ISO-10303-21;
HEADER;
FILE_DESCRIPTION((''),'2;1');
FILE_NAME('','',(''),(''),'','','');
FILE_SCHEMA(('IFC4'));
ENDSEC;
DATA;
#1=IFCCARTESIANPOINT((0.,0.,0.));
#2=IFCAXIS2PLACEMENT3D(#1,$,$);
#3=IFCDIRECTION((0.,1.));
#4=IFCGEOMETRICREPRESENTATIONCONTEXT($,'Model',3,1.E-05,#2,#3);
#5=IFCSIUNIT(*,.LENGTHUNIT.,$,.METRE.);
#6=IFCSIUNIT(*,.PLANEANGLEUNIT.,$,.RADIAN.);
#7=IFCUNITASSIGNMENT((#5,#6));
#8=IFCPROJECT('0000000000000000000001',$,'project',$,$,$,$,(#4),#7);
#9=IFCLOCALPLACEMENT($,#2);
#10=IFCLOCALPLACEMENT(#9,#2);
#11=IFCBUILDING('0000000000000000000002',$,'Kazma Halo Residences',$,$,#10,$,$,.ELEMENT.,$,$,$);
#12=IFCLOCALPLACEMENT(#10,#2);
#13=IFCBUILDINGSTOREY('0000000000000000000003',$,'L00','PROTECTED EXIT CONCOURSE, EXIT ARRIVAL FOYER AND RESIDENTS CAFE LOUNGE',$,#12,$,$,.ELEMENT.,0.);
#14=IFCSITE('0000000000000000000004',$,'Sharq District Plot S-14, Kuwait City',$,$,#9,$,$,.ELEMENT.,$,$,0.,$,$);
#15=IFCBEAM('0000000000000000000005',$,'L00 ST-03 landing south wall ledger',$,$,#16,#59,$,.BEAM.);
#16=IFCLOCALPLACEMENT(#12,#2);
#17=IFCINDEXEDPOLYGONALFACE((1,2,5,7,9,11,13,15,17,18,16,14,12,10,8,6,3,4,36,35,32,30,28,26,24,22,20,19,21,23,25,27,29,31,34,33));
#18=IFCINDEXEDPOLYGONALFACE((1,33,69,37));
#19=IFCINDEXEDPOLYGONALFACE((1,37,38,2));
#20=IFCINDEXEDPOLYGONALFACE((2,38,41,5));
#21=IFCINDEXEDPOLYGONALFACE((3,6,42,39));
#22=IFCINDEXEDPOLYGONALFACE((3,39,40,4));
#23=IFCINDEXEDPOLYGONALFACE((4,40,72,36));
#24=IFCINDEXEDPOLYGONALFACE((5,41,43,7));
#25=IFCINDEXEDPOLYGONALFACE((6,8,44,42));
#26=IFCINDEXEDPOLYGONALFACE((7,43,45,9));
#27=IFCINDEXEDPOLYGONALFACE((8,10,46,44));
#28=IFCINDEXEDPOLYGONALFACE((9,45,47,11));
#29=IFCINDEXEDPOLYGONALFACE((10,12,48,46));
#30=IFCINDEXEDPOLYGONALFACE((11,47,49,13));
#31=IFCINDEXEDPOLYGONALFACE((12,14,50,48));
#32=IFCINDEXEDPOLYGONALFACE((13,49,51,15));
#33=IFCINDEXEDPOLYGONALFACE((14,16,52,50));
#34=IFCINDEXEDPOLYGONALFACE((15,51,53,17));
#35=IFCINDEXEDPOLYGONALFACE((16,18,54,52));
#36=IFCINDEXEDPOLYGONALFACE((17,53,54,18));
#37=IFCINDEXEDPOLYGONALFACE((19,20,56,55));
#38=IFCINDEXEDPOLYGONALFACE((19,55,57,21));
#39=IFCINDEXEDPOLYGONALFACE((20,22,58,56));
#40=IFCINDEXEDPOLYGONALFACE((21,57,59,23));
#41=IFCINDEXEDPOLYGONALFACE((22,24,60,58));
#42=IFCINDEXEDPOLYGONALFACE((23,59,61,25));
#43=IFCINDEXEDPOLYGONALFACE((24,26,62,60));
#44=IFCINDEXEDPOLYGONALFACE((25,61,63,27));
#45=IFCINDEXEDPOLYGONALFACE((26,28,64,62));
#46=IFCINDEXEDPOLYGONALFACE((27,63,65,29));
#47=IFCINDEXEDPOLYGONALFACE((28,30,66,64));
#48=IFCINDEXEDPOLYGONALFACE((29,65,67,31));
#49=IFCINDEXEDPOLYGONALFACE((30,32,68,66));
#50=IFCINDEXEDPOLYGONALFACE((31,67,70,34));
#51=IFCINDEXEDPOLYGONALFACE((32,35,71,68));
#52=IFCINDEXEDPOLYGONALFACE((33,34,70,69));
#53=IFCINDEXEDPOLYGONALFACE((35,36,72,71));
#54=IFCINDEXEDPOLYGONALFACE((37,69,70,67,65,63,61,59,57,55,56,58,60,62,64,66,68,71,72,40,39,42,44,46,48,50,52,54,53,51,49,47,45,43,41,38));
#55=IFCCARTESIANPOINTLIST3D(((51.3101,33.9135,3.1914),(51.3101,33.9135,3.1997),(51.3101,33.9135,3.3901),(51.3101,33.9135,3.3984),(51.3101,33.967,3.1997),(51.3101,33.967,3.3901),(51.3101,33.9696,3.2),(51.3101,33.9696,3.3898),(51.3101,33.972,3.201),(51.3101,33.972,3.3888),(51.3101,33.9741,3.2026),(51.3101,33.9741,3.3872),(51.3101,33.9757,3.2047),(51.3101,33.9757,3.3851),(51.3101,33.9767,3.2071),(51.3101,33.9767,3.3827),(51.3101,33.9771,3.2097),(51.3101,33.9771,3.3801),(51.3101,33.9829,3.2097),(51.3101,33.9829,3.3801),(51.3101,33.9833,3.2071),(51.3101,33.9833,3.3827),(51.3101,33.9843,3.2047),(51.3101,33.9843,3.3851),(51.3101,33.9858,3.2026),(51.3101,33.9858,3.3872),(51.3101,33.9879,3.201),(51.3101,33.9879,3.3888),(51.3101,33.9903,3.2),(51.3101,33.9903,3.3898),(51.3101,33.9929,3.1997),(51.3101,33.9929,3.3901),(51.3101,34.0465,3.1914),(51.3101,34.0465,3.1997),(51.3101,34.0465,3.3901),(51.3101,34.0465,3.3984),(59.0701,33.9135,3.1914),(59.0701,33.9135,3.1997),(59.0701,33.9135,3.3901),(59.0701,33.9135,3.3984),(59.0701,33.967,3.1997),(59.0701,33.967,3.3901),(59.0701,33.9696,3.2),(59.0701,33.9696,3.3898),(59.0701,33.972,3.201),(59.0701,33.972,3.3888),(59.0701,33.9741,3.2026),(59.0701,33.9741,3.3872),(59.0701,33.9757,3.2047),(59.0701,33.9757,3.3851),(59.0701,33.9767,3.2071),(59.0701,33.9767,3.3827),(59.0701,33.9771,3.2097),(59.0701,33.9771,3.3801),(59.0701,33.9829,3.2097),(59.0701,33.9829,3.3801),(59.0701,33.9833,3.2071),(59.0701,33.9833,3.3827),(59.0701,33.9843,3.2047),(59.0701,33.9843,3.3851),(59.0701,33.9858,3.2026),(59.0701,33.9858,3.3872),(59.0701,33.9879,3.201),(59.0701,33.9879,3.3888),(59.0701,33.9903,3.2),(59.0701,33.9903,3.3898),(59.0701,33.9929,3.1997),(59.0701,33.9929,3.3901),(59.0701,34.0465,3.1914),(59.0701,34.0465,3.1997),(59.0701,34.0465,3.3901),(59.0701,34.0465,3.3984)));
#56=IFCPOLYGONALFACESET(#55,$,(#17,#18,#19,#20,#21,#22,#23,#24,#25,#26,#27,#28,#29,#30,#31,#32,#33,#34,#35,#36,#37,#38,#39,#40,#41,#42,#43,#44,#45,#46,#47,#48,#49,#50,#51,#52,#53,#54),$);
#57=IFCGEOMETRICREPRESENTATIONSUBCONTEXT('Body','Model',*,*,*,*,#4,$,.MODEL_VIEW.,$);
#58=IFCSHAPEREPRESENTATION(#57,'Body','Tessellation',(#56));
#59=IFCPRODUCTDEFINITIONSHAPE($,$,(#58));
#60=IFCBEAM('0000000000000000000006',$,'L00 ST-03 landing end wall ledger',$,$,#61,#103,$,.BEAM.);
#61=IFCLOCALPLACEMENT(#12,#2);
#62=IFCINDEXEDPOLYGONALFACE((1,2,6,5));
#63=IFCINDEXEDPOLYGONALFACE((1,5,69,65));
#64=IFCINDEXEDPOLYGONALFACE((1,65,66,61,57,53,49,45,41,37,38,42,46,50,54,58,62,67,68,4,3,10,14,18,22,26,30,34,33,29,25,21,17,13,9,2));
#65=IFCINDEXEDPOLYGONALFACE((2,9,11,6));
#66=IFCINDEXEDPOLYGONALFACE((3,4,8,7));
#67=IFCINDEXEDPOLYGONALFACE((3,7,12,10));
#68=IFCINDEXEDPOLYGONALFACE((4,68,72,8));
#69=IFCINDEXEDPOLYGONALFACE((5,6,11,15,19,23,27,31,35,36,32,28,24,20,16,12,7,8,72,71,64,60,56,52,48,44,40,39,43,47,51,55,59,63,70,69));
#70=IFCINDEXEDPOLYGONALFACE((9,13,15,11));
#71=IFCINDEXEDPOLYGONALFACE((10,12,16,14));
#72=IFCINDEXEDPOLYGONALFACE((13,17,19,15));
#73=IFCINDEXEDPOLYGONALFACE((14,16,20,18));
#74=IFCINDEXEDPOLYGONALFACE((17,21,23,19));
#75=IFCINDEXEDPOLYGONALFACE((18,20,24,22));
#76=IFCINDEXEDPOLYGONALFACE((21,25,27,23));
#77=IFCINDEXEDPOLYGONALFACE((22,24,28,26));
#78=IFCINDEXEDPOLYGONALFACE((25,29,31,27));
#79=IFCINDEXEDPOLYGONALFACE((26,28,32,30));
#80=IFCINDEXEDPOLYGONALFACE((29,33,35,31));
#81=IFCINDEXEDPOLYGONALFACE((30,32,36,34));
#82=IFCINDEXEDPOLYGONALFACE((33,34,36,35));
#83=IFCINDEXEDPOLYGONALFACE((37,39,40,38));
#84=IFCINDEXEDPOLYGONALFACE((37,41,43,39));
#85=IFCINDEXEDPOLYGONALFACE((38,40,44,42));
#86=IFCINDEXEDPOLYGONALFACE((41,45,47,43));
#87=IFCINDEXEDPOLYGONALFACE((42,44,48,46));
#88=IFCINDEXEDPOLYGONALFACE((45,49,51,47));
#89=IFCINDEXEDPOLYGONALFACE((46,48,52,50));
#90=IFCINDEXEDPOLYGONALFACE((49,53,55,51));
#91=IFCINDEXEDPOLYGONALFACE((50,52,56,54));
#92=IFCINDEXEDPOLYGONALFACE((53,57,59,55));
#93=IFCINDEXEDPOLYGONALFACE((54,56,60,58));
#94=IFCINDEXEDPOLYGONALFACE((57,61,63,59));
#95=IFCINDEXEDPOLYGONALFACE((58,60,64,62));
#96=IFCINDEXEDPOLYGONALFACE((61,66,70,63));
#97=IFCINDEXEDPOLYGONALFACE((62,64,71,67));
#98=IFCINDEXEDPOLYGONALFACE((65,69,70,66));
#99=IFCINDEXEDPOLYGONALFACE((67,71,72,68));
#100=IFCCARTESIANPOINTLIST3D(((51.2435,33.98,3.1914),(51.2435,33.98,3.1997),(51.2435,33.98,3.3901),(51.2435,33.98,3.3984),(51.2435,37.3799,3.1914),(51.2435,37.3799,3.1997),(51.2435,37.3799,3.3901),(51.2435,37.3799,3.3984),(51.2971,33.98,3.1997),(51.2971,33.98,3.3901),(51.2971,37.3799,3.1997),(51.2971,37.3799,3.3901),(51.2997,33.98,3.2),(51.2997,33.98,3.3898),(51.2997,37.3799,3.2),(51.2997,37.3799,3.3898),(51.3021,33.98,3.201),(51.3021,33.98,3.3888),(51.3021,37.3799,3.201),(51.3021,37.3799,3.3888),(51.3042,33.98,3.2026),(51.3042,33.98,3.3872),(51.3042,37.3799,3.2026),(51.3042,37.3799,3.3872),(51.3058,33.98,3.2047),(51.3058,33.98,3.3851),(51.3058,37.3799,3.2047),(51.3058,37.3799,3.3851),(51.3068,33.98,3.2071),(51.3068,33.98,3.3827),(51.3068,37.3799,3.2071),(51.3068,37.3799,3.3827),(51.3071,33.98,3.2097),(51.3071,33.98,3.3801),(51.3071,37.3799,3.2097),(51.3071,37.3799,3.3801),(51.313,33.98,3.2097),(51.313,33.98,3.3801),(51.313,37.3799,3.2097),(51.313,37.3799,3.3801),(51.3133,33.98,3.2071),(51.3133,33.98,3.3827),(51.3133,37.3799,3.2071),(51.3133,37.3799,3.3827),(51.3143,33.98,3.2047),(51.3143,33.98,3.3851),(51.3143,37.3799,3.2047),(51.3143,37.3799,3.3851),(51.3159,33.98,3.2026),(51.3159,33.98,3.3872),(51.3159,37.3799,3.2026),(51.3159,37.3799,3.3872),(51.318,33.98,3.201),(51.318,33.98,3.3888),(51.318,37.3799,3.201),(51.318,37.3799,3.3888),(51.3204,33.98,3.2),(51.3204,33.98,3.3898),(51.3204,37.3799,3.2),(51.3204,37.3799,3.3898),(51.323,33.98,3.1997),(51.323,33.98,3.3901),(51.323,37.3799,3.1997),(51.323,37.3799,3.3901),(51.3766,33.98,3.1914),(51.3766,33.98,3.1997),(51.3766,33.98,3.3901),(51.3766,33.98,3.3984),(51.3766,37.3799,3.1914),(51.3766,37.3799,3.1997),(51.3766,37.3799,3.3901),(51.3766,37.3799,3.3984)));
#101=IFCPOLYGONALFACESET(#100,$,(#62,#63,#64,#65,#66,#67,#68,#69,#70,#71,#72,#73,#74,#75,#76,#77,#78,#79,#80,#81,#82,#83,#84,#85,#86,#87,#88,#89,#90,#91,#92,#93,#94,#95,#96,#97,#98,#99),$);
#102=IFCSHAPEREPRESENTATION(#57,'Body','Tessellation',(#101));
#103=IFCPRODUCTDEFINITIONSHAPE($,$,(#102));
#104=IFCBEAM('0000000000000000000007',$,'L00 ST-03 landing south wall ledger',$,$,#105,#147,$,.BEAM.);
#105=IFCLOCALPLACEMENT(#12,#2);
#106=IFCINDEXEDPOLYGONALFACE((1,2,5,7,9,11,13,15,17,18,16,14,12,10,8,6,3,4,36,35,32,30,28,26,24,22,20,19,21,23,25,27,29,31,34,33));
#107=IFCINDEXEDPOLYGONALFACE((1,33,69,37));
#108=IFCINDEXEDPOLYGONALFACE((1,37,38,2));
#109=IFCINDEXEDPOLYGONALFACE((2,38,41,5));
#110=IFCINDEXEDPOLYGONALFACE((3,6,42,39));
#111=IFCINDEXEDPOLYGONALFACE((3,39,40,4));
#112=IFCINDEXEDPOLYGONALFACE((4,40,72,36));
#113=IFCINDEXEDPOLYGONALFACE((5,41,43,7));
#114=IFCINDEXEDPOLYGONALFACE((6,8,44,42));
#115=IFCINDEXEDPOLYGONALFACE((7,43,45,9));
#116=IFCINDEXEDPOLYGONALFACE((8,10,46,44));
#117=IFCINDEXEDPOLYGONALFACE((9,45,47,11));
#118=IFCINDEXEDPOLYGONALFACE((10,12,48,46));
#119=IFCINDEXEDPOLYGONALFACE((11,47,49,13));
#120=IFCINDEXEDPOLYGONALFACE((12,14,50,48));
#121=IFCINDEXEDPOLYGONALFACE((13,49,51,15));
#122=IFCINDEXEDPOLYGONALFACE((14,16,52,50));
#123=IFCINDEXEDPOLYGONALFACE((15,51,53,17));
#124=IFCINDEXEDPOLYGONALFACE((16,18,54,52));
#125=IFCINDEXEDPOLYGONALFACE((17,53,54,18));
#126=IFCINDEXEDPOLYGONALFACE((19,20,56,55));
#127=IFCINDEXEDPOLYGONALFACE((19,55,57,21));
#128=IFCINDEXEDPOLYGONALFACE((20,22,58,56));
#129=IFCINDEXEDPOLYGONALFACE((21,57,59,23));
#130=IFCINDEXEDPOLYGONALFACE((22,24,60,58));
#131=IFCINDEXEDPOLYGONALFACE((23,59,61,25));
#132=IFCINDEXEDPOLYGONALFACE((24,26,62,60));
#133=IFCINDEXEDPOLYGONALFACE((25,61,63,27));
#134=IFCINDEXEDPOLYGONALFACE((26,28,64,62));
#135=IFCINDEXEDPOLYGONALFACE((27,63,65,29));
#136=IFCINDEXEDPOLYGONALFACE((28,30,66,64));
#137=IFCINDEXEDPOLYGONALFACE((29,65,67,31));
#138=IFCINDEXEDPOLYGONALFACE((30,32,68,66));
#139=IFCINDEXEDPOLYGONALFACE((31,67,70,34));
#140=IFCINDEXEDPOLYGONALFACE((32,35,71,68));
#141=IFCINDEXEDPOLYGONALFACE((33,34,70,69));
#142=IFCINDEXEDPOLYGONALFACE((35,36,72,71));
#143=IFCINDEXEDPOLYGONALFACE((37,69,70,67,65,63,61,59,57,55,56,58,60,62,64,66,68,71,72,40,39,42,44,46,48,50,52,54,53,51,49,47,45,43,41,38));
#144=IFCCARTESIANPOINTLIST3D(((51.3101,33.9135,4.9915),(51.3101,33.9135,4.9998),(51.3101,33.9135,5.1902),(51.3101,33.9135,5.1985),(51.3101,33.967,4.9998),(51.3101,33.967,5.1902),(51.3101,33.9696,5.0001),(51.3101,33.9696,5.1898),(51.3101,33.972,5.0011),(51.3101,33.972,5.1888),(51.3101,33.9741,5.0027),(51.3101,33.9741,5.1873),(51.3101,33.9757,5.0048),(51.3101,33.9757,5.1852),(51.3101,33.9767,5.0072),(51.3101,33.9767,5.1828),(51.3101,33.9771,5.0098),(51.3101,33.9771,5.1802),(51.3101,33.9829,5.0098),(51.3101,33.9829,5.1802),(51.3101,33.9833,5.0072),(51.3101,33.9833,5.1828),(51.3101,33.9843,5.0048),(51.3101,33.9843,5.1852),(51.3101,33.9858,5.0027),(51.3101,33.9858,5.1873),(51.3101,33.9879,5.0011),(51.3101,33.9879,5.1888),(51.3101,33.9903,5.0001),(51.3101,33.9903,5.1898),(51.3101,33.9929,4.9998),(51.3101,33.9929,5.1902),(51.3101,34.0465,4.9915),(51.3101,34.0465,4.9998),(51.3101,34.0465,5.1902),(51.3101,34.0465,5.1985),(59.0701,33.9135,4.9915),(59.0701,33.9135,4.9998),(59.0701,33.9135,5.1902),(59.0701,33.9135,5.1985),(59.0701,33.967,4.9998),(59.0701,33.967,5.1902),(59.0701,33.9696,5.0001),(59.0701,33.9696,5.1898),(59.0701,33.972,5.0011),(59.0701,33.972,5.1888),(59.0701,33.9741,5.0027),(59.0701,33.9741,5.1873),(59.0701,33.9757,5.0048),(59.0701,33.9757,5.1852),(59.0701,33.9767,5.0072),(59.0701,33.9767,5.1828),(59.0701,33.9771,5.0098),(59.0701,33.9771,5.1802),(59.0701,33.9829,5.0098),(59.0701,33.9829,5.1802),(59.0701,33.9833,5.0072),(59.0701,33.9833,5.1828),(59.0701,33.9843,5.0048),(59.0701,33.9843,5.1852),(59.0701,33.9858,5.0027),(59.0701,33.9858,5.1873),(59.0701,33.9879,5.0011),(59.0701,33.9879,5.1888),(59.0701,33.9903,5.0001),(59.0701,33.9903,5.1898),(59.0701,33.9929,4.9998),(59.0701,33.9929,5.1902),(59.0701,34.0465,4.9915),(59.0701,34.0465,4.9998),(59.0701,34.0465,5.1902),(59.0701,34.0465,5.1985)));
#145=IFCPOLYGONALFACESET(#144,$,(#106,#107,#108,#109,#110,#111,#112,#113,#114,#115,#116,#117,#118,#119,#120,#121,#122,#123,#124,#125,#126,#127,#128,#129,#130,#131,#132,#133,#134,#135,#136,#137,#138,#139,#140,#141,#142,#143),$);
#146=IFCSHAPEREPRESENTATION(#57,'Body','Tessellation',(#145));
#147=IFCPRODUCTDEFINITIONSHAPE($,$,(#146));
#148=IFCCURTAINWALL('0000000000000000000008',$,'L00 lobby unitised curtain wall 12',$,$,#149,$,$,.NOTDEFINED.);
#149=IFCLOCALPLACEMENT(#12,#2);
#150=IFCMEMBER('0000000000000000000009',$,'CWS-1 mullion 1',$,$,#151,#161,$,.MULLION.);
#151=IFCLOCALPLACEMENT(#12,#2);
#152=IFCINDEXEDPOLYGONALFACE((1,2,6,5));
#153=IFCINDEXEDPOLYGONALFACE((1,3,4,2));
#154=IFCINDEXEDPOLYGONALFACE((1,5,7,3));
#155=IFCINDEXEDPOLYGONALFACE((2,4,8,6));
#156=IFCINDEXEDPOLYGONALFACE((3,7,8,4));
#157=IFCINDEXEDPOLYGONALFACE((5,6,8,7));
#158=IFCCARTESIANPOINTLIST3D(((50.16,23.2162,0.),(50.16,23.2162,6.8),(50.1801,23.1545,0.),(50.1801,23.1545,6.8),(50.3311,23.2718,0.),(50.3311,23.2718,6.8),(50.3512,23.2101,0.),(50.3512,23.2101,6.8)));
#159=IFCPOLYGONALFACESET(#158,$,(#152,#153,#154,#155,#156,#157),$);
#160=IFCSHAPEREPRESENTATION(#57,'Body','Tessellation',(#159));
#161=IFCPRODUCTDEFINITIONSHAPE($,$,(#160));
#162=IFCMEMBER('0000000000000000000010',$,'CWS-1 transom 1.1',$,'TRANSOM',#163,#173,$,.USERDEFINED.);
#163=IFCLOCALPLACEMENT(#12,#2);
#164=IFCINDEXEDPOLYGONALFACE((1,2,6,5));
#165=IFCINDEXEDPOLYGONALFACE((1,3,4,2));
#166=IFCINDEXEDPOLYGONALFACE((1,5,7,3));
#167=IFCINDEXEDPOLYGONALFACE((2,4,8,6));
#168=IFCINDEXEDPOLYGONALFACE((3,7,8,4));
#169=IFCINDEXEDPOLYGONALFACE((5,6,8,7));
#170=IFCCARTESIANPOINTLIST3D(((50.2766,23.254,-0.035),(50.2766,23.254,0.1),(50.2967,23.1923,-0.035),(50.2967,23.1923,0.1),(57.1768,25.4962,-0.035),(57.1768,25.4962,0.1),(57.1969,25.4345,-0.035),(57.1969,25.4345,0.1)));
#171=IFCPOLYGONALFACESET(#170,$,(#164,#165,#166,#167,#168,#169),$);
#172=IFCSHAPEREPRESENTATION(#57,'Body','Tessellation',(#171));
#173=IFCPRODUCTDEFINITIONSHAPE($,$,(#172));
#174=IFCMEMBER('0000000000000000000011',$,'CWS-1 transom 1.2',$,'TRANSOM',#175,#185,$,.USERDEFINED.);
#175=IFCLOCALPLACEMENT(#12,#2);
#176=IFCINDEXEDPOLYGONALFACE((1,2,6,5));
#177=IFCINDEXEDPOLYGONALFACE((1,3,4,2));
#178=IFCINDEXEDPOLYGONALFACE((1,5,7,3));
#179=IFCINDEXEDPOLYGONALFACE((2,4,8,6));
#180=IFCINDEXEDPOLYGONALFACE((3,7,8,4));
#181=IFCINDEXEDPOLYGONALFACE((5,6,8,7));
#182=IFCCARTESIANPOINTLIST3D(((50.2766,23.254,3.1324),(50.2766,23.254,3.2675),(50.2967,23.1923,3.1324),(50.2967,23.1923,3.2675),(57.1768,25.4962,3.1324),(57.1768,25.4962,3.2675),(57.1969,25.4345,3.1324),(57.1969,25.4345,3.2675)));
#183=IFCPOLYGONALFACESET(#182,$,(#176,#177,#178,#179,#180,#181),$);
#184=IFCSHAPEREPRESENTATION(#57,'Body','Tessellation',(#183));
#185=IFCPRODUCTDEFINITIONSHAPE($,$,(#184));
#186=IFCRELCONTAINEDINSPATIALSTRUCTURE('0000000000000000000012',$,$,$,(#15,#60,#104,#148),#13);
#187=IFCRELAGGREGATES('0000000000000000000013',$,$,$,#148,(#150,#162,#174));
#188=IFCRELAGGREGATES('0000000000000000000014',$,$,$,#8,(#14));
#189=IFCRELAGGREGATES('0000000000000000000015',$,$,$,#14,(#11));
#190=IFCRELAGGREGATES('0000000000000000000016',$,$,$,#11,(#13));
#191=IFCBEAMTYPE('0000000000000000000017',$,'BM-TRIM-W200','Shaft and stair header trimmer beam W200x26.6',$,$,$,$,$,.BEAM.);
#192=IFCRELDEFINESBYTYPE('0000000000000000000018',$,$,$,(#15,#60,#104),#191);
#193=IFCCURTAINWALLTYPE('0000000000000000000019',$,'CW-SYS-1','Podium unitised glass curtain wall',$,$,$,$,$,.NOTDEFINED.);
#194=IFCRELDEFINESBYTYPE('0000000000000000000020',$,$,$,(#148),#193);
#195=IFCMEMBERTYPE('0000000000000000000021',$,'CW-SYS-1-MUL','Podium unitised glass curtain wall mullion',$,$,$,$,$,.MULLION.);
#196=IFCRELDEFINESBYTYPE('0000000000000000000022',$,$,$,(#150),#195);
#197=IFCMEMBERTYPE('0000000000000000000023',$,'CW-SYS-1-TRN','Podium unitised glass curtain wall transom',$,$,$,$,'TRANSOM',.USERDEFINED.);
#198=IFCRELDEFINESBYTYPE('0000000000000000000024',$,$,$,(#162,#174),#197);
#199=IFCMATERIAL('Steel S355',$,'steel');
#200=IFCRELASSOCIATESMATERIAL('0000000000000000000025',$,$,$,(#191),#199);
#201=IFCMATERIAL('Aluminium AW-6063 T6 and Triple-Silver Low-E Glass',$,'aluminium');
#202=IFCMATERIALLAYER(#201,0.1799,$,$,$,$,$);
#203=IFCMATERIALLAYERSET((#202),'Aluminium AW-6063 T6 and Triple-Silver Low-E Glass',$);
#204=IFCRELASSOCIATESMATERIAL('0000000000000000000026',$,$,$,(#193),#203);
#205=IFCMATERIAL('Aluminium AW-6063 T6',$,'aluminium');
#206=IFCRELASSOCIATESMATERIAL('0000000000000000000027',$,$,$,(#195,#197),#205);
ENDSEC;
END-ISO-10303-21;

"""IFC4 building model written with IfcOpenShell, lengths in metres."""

from ifc_helpers import new_model, si_unit, direction, frame, origin, origin_2d, place, context, subcontext, project, spatial, rectangle, i_section, extrude, material, layer, layer_set, material_profile, profile_set, type_object, element, aggregate, save


model = new_model("IFC4")

# Units and contexts
model_context = context("Model", 3, precision=1e-05, world=origin(), true_north=direction((0.0, 1.0)))
body_context = subcontext(model_context, "Body", "Model", "MODEL_VIEW")
ifc_project = project(units=[si_unit("LENGTHUNIT", "METRE"), si_unit("PLANEANGLEUNIT", "RADIAN")], contexts=[model_context])

# Site, building, storey
site_placement = place(None, origin())
site = spatial("IfcSite", under=ifc_project, at=site_placement, Name="Sharq District Plot S-14, Kuwait City", CompositionType="ELEMENT", RefElevation=0.0)
building_placement = place(site_placement, origin())
building = spatial("IfcBuilding", under=site, at=building_placement, Name="Kazma Halo Residences", CompositionType="ELEMENT")
storey_placement = place(building_placement, origin())
storey = spatial("IfcBuildingStorey", under=building, at=storey_placement, Name="L00", Description="PROTECTED EXIT CONCOURSE, EXIT ARRIVAL FOYER AND RESIDENTS CAFE LOUNGE", CompositionType="ELEMENT", Elevation=0.0)

# Beams
ifc_material_1 = material(Name="Steel S355", Category="steel")
ifc_material_profile_1 = material_profile(ifc_material_1, i_section(OverallWidth=0.1331, OverallDepth=0.207, WebThickness=0.0059, FlangeThickness=0.0083, FilletRadius=0.01, at=origin_2d()), Name="W200x26.6")
ifc_profile_set_1 = profile_set([ifc_material_profile_1], Name="Steel S355")
beam_type_1 = type_object("IfcBeamType", Name="BM-TRIM-W200", Description="Shaft and stair header trimmer beam W200x26.6", PredefinedType="BEAM", material=ifc_profile_set_1)
for number, where, z_axis, x_axis, name in (
    (1, (51.3101, 33.98, 3.2949), (1.0, 0.0, 0.0), (0.0, 1.0, 0.0), "L00 ST-03 landing south wall ledger"),
):
    element("IfcBeam", number, at=place(storey_placement, frame(where, z_axis=z_axis, x_axis=x_axis)), inside=storey, type_object=beam_type_1, Name=name, PredefinedType="BEAM", context=body_context, shape_type="SweptSolid", body=[
        extrude(i_section(OverallWidth=0.1331, OverallDepth=0.207, WebThickness=0.0059, FlangeThickness=0.0083, FilletRadius=0.01, at=origin_2d()), origin(), (0.0, 0.0, 1.0), 7.76),
    ])
beam_1_placement = place(storey_placement, frame((51.3101, 33.98, 3.2949), z_axis=(0.0, 1.0, 0.0), x_axis=(-1.0, 0.0, 0.0)))
element("IfcBeam", 2, at=beam_1_placement, inside=storey, type_object=beam_type_1, Name="L00 ST-03 landing end wall ledger", PredefinedType="BEAM", context=body_context, shape_type="SweptSolid", body=[
    extrude(i_section(OverallWidth=0.1331, OverallDepth=0.207, WebThickness=0.0059, FlangeThickness=0.0083, FilletRadius=0.01, at=origin_2d()), origin(), (0.0, 0.0, 1.0), 3.3999),
])
beam_2_placement = place(storey_placement, frame((51.3101, 33.98, 5.095), z_axis=(1.0, 0.0, 0.0), x_axis=(0.0, 1.0, 0.0)))
element("IfcBeam", 3, at=beam_2_placement, inside=storey, type_object=beam_type_1, Name="L00 ST-03 landing south wall ledger", PredefinedType="BEAM", context=body_context, shape_type="SweptSolid", body=[
    extrude(i_section(OverallWidth=0.1331, OverallDepth=0.207, WebThickness=0.0059, FlangeThickness=0.0083, FilletRadius=0.01, at=origin_2d()), origin(), (0.0, 0.0, 1.0), 7.76),
])

# Curtain wall, members
ifc_material_2 = material(Name="Aluminium AW-6063 T6 and Triple-Silver Low-E Glass", Category="aluminium")
ifc_layer_1 = layer(ifc_material_2, 0.1799)
ifc_layer_set_1 = layer_set([ifc_layer_1], Name="Aluminium AW-6063 T6 and Triple-Silver Low-E Glass")
curtain_wall_type = type_object("IfcCurtainWallType", Name="CW-SYS-1", Description="Podium unitised glass curtain wall", PredefinedType="NOTDEFINED", material=ifc_layer_set_1)
curtain_wall_placement = place(storey_placement, origin())
curtain_wall = element("IfcCurtainWall", 4, at=curtain_wall_placement, inside=storey, type_object=curtain_wall_type, Name="L00 lobby unitised curtain wall 12", PredefinedType="NOTDEFINED")
ifc_material_3 = material(Name="Aluminium AW-6063 T6", Category="aluminium")
ifc_material_profile_2 = material_profile(ifc_material_3, rectangle(XDim=0.0649, YDim=0.1799, at=origin_2d()), Name="CWM-65x180")
ifc_profile_set_2 = profile_set([ifc_material_profile_2], Name="Aluminium AW-6063 T6")
member_type_1 = type_object("IfcMemberType", Name="CW-SYS-1-MUL", Description="Podium unitised glass curtain wall mullion", PredefinedType="MULLION", material=ifc_profile_set_2)
member_1_placement = place(storey_placement, frame((50.2556, 23.2131, 0.0), z_axis=(0.0, 0.0, 1.0), x_axis=(-0.309021, 0.951055, 0.0)))
member_1 = element("IfcMember", 5, at=member_1_placement, type_object=member_type_1, Name="CWS-1 mullion 1", PredefinedType="MULLION", context=body_context, shape_type="SweptSolid", body=[
    extrude(rectangle(XDim=0.0649, YDim=0.1799, at=origin_2d()), origin(), (0.0, 0.0, 1.0), 6.8),
])
ifc_material_profile_3 = material_profile(ifc_material_3, rectangle(XDim=0.0649, YDim=0.135, at=origin_2d()), Name="CWT-65x135")
ifc_profile_set_3 = profile_set([ifc_material_profile_3], Name="Aluminium AW-6063 T6")
member_type_2 = type_object("IfcMemberType", Name="CW-SYS-1-TRN", Description="Podium unitised glass curtain wall transom", ElementType="TRANSOM", PredefinedType="USERDEFINED", material=ifc_profile_set_3)
member_2_placement = place(storey_placement, frame((50.2866, 23.2231, 0.0325), z_axis=(0.951049, 0.309041, 0.0), x_axis=(-0.309041, 0.951049, 0.0)))
member_2 = element("IfcMember", 6, at=member_2_placement, type_object=member_type_2, Name="CWS-1 transom 1.1", ObjectType="TRANSOM", PredefinedType="USERDEFINED", context=body_context, shape_type="SweptSolid", body=[
    extrude(rectangle(XDim=0.0649, YDim=0.135, at=origin_2d()), origin(), (0.0, 0.0, 1.0), 7.2554),
])
member_3_placement = place(storey_placement, frame((50.2866, 23.2231, 3.2), z_axis=(0.951049, 0.309041, 0.0), x_axis=(-0.309041, 0.951049, 0.0)))
member_3 = element("IfcMember", 7, at=member_3_placement, type_object=member_type_2, Name="CWS-1 transom 1.2", ObjectType="TRANSOM", PredefinedType="USERDEFINED", context=body_context, shape_type="SweptSolid", body=[
    extrude(rectangle(XDim=0.0649, YDim=0.135, at=origin_2d()), origin(), (0.0, 0.0, 1.0), 7.2554),
])
aggregate(curtain_wall, [member_1, member_2, member_3])

save(model, "model.ifc")
